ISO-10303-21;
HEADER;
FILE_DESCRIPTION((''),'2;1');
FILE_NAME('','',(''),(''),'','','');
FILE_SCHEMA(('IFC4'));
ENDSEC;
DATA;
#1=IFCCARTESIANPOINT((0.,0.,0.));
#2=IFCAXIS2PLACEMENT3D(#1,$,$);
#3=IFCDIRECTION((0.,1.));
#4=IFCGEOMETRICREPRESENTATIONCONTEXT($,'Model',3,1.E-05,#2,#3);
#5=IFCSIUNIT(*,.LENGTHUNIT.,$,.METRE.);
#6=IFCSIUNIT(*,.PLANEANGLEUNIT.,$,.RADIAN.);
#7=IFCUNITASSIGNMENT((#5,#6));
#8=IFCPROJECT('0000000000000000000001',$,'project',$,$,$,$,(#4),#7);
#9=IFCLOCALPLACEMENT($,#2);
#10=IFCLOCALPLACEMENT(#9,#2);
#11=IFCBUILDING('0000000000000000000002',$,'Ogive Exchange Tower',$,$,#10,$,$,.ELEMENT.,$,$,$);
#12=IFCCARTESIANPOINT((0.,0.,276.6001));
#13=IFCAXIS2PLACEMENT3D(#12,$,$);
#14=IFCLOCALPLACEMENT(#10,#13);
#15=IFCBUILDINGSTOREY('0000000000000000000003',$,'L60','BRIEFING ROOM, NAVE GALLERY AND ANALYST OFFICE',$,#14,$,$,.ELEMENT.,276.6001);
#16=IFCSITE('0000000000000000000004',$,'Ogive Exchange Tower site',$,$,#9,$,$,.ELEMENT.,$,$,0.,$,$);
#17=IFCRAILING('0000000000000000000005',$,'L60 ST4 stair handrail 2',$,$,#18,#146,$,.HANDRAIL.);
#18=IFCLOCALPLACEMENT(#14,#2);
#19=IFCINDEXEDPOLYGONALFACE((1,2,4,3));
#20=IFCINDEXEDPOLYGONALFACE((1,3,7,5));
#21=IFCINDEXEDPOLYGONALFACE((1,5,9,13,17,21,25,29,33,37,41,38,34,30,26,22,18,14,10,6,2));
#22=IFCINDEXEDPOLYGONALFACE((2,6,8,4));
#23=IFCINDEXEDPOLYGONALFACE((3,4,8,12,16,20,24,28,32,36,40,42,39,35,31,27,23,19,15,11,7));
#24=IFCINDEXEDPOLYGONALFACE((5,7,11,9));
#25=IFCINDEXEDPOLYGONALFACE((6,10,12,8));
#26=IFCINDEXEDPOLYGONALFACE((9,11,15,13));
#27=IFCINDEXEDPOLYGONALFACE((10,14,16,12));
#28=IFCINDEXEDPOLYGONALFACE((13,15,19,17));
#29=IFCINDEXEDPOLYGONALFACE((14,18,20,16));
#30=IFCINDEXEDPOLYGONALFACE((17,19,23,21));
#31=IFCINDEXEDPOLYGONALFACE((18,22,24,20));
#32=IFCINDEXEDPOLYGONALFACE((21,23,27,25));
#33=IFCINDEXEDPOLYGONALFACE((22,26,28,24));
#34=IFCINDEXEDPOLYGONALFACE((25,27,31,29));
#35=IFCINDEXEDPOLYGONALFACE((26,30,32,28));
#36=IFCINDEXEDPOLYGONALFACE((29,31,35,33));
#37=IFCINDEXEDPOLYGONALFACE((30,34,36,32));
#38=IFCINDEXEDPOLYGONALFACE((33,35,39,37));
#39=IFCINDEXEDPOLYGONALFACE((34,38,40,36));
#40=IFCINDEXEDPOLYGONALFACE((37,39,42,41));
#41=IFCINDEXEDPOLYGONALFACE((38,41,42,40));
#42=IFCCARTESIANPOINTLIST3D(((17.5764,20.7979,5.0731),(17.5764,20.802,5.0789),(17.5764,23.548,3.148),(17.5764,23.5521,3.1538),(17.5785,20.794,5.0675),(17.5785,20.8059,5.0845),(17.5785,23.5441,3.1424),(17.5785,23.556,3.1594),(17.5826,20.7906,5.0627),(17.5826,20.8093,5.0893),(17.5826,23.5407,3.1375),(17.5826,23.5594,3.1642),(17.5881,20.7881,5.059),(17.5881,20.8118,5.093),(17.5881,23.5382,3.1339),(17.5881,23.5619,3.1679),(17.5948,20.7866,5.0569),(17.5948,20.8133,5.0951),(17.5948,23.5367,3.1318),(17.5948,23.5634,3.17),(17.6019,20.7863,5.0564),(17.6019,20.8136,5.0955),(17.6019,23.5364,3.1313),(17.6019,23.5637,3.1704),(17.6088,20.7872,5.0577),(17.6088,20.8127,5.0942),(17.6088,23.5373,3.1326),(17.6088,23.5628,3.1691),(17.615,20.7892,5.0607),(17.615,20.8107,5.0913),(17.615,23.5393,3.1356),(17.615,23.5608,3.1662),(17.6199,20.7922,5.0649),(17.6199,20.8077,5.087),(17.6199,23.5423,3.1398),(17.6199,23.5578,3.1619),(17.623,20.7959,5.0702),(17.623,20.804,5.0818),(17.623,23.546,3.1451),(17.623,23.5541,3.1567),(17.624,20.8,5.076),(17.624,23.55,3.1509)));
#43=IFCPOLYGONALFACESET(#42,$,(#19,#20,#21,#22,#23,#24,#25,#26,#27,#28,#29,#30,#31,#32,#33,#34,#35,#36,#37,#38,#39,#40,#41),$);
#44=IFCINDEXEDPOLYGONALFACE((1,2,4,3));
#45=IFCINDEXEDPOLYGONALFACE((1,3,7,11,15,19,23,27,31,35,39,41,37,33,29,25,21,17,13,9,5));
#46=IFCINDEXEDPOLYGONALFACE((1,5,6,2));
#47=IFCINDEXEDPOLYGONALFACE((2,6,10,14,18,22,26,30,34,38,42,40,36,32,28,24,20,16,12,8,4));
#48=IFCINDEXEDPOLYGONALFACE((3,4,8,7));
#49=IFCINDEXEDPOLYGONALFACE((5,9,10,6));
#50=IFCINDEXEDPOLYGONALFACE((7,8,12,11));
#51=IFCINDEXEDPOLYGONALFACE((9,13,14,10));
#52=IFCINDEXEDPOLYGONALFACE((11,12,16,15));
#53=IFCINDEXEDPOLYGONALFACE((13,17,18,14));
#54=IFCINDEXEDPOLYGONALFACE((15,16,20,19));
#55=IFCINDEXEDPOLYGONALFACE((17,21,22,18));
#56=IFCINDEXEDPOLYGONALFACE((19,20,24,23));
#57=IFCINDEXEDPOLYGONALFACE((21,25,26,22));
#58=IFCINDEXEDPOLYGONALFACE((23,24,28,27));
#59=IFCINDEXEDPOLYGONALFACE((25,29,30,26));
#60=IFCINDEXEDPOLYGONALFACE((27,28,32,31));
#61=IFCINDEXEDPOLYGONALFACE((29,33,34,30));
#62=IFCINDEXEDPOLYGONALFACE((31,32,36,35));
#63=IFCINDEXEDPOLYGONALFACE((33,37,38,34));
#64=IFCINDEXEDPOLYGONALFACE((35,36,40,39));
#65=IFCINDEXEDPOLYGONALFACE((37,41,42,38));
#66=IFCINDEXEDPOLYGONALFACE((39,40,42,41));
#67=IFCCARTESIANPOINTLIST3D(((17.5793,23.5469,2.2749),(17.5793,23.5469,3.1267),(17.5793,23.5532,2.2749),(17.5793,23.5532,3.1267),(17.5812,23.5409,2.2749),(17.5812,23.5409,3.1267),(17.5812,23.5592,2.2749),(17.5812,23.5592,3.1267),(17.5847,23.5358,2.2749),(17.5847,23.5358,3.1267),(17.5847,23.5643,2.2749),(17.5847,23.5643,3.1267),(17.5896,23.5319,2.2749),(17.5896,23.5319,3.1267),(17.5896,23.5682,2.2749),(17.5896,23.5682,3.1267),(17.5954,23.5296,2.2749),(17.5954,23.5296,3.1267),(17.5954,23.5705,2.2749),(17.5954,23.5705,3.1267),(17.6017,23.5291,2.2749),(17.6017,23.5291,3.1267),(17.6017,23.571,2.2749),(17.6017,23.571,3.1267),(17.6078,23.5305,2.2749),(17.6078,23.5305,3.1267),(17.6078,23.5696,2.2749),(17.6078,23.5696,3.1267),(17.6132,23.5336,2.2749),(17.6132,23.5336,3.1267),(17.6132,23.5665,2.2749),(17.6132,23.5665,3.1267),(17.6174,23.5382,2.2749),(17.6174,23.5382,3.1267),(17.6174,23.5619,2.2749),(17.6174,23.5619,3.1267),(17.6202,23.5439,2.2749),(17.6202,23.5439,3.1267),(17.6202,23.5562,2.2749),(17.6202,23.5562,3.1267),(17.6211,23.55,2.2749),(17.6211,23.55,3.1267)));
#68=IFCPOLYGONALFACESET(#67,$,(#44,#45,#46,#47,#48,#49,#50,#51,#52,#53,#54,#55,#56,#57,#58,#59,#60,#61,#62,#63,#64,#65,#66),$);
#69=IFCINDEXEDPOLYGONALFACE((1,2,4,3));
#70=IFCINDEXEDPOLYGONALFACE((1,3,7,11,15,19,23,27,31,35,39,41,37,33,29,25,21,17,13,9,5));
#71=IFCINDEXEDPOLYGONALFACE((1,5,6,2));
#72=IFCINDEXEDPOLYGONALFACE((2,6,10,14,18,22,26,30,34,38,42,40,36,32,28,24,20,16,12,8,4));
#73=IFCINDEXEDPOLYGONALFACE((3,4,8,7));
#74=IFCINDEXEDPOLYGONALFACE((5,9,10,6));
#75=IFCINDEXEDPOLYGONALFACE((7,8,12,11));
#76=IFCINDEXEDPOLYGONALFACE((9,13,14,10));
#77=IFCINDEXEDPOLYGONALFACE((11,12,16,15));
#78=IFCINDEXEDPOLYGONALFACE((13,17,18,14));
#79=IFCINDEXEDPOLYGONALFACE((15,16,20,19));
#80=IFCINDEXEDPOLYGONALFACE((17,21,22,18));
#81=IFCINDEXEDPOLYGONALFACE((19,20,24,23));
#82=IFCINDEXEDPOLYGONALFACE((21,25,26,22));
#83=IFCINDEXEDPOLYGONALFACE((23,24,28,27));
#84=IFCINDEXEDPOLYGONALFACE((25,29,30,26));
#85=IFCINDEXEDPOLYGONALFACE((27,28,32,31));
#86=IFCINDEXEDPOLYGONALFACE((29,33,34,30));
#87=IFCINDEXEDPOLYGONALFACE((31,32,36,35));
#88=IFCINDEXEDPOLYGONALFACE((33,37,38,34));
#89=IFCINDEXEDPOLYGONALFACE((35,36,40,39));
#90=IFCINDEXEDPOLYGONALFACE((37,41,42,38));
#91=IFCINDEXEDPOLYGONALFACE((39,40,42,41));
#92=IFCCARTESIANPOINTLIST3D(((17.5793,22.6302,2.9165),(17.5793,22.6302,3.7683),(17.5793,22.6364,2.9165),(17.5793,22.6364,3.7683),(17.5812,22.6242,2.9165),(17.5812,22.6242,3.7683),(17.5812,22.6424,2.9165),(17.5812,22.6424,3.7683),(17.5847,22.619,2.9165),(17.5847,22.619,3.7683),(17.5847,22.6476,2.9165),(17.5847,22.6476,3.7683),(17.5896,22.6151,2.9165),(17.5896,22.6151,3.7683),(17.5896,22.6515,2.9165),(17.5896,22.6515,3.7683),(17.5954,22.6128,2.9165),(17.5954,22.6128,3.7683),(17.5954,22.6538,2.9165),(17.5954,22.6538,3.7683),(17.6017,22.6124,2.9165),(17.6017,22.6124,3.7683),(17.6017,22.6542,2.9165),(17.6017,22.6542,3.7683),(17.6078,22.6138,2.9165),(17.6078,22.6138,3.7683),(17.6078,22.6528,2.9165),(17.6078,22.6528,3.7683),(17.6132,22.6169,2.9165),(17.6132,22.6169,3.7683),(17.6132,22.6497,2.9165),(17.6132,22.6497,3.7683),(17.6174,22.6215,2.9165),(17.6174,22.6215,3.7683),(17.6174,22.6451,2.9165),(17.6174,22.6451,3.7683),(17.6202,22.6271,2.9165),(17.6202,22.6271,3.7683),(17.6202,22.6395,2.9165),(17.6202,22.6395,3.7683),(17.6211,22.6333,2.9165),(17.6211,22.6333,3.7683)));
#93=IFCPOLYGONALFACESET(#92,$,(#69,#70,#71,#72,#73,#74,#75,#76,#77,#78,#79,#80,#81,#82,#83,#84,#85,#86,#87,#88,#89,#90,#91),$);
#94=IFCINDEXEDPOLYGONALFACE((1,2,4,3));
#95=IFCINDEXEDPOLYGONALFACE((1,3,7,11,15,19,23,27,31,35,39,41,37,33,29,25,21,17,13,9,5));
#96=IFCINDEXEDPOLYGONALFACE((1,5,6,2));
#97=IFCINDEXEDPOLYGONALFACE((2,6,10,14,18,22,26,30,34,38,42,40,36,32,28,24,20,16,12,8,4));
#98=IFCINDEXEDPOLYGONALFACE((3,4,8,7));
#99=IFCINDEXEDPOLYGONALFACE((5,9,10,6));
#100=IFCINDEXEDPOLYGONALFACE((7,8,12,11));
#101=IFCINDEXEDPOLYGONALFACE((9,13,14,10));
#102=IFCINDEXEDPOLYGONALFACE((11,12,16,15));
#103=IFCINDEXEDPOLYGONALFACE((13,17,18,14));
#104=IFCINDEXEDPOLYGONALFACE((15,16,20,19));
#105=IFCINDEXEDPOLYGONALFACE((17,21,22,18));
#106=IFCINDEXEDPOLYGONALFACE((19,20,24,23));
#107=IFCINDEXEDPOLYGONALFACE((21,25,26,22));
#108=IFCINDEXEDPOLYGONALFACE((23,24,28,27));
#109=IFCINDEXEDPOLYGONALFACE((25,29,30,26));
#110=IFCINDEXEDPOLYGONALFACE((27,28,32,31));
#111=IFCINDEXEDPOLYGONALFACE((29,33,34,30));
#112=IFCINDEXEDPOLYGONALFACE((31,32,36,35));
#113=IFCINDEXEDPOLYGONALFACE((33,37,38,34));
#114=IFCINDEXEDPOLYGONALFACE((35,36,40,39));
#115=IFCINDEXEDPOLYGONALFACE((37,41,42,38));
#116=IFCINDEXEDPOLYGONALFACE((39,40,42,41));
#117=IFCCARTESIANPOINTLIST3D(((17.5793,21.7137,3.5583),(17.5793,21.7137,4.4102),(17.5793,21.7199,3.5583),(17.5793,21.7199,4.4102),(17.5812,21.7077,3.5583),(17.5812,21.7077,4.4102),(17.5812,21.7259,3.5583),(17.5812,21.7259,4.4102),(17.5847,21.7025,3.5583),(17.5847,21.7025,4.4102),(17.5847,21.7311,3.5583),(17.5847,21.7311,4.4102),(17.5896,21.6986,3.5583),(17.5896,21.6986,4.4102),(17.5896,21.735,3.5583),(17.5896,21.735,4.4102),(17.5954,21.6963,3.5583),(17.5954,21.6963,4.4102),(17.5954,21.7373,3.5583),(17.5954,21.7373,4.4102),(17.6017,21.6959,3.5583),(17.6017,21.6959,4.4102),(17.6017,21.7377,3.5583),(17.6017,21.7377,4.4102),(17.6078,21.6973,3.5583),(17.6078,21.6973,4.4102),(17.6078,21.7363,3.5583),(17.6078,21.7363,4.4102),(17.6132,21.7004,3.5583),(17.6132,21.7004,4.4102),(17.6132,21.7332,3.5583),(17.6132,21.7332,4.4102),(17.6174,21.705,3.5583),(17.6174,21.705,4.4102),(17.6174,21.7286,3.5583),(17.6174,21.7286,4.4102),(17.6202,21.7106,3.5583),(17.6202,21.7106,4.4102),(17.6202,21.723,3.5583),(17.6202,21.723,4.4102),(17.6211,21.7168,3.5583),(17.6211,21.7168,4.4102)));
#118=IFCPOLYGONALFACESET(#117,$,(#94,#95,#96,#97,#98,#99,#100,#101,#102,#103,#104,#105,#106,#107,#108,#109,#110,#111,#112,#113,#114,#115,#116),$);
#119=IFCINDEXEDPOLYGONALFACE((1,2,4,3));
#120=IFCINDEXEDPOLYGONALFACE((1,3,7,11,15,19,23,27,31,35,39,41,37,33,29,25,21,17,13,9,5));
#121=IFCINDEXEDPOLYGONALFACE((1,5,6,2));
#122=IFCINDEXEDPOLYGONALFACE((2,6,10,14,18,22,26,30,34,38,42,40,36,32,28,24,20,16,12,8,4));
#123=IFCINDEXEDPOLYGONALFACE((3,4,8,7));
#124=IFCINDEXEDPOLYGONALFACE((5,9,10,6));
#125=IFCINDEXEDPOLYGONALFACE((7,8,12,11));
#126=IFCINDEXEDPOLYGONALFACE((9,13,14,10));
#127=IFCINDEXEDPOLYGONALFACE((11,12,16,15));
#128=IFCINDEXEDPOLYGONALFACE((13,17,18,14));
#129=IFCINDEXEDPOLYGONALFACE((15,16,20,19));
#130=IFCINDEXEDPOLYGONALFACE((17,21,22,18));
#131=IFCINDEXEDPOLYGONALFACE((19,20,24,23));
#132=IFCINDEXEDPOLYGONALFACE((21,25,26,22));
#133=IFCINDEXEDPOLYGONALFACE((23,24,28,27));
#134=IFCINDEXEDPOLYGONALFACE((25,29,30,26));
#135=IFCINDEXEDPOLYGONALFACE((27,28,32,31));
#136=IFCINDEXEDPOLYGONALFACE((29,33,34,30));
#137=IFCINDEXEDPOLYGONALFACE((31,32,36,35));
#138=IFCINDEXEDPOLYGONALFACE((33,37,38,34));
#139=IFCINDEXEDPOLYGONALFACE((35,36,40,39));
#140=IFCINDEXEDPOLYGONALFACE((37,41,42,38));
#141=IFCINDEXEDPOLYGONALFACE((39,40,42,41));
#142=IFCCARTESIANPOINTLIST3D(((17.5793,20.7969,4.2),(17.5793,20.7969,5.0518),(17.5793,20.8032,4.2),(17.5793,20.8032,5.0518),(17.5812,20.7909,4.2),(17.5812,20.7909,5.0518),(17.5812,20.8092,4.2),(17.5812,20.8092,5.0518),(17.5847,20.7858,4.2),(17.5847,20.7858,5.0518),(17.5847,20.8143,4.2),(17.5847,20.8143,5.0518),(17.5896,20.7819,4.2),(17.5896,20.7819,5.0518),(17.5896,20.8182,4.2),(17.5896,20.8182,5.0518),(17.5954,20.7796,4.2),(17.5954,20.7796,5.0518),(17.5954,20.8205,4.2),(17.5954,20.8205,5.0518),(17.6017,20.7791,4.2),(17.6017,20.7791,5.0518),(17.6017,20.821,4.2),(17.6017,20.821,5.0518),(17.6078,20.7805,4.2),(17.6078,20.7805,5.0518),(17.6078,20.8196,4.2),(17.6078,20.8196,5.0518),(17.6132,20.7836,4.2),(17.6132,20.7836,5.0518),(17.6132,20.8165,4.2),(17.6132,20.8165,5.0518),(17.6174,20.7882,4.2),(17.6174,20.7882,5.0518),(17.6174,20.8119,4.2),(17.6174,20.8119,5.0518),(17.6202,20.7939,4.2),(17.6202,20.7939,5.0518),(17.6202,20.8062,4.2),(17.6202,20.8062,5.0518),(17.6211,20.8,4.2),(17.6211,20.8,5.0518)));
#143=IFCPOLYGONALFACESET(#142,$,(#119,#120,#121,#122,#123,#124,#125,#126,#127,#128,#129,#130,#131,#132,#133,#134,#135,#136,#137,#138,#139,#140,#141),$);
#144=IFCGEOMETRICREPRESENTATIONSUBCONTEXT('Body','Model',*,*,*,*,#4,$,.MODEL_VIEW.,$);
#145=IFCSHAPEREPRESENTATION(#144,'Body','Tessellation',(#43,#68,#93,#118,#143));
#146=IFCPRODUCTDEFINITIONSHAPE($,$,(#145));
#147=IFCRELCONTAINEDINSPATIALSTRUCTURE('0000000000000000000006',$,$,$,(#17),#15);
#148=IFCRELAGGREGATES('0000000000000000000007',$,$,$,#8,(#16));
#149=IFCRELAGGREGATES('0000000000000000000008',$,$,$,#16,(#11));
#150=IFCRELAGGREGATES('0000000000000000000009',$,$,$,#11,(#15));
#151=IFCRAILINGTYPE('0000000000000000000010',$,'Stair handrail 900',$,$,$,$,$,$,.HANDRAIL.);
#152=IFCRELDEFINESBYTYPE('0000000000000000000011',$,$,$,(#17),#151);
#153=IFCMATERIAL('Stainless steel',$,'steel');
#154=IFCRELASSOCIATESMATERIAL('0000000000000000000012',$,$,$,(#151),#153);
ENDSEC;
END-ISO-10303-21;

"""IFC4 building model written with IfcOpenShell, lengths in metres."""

from ifc_helpers import new_model, si_unit, direction, frame, origin, origin_2d, place, context, subcontext, project, spatial, circle, extrude, material, type_object, element, save


model = new_model("IFC4")

# Units and contexts
model_context = context("Model", 3, precision=1e-05, world=origin(), true_north=direction((0.0, 1.0)))
body_context = subcontext(model_context, "Body", "Model", "MODEL_VIEW")
ifc_project = project(units=[si_unit("LENGTHUNIT", "METRE"), si_unit("PLANEANGLEUNIT", "RADIAN")], contexts=[model_context])

# Site, building, storey
site_placement = place(None, origin())
site = spatial("IfcSite", under=ifc_project, at=site_placement, Name="Ogive Exchange Tower site", CompositionType="ELEMENT", RefElevation=0.0)
building_placement = place(site_placement, origin())
building = spatial("IfcBuilding", under=site, at=building_placement, Name="Ogive Exchange Tower", CompositionType="ELEMENT")
storey_placement = place(building_placement, frame((0.0, 0.0, 276.6001)))
storey = spatial("IfcBuildingStorey", under=building, at=storey_placement, Name="L60", Description="BRIEFING ROOM, NAVE GALLERY AND ANALYST OFFICE", CompositionType="ELEMENT", Elevation=276.6001)

# Railing
ifc_material_1 = material(Name="Stainless steel", Category="steel")
railing_type = type_object("IfcRailingType", Name="Stair handrail 900", PredefinedType="HANDRAIL", material=ifc_material_1)
railing_placement = place(storey_placement, frame((17.6001, 23.55, 2.2749)))
element("IfcRailing", 1, at=railing_placement, inside=storey, type_object=railing_type, Name="L60 ST4 stair handrail 2", PredefinedType="HANDRAIL", context=body_context, shape_type="SweptSolid", body=[
    extrude(circle(Radius=0.0239, at=origin_2d()), frame((0.0, 0.0, 0.876), z_axis=(0.0, -0.819225, 0.573472), x_axis=(1.0, 0.0, 0.0)), (0.0, 0.0, 1.0), 3.3569),
    extrude(circle(Radius=0.021, at=origin_2d()), origin(), (0.0, 0.0, 1.0), 0.8518),
    extrude(circle(Radius=0.021, at=origin_2d()), frame((0.0, -0.9167, 0.6416)), (0.0, 0.0, 1.0), 0.8518),
    extrude(circle(Radius=0.021, at=origin_2d()), frame((0.0, -1.8333, 1.2834)), (0.0, 0.0, 1.0), 0.8518),
    extrude(circle(Radius=0.021, at=origin_2d()), frame((0.0, -2.75, 1.925)), (0.0, 0.0, 1.0), 0.8518),
])

save(model, "model.ifc")
